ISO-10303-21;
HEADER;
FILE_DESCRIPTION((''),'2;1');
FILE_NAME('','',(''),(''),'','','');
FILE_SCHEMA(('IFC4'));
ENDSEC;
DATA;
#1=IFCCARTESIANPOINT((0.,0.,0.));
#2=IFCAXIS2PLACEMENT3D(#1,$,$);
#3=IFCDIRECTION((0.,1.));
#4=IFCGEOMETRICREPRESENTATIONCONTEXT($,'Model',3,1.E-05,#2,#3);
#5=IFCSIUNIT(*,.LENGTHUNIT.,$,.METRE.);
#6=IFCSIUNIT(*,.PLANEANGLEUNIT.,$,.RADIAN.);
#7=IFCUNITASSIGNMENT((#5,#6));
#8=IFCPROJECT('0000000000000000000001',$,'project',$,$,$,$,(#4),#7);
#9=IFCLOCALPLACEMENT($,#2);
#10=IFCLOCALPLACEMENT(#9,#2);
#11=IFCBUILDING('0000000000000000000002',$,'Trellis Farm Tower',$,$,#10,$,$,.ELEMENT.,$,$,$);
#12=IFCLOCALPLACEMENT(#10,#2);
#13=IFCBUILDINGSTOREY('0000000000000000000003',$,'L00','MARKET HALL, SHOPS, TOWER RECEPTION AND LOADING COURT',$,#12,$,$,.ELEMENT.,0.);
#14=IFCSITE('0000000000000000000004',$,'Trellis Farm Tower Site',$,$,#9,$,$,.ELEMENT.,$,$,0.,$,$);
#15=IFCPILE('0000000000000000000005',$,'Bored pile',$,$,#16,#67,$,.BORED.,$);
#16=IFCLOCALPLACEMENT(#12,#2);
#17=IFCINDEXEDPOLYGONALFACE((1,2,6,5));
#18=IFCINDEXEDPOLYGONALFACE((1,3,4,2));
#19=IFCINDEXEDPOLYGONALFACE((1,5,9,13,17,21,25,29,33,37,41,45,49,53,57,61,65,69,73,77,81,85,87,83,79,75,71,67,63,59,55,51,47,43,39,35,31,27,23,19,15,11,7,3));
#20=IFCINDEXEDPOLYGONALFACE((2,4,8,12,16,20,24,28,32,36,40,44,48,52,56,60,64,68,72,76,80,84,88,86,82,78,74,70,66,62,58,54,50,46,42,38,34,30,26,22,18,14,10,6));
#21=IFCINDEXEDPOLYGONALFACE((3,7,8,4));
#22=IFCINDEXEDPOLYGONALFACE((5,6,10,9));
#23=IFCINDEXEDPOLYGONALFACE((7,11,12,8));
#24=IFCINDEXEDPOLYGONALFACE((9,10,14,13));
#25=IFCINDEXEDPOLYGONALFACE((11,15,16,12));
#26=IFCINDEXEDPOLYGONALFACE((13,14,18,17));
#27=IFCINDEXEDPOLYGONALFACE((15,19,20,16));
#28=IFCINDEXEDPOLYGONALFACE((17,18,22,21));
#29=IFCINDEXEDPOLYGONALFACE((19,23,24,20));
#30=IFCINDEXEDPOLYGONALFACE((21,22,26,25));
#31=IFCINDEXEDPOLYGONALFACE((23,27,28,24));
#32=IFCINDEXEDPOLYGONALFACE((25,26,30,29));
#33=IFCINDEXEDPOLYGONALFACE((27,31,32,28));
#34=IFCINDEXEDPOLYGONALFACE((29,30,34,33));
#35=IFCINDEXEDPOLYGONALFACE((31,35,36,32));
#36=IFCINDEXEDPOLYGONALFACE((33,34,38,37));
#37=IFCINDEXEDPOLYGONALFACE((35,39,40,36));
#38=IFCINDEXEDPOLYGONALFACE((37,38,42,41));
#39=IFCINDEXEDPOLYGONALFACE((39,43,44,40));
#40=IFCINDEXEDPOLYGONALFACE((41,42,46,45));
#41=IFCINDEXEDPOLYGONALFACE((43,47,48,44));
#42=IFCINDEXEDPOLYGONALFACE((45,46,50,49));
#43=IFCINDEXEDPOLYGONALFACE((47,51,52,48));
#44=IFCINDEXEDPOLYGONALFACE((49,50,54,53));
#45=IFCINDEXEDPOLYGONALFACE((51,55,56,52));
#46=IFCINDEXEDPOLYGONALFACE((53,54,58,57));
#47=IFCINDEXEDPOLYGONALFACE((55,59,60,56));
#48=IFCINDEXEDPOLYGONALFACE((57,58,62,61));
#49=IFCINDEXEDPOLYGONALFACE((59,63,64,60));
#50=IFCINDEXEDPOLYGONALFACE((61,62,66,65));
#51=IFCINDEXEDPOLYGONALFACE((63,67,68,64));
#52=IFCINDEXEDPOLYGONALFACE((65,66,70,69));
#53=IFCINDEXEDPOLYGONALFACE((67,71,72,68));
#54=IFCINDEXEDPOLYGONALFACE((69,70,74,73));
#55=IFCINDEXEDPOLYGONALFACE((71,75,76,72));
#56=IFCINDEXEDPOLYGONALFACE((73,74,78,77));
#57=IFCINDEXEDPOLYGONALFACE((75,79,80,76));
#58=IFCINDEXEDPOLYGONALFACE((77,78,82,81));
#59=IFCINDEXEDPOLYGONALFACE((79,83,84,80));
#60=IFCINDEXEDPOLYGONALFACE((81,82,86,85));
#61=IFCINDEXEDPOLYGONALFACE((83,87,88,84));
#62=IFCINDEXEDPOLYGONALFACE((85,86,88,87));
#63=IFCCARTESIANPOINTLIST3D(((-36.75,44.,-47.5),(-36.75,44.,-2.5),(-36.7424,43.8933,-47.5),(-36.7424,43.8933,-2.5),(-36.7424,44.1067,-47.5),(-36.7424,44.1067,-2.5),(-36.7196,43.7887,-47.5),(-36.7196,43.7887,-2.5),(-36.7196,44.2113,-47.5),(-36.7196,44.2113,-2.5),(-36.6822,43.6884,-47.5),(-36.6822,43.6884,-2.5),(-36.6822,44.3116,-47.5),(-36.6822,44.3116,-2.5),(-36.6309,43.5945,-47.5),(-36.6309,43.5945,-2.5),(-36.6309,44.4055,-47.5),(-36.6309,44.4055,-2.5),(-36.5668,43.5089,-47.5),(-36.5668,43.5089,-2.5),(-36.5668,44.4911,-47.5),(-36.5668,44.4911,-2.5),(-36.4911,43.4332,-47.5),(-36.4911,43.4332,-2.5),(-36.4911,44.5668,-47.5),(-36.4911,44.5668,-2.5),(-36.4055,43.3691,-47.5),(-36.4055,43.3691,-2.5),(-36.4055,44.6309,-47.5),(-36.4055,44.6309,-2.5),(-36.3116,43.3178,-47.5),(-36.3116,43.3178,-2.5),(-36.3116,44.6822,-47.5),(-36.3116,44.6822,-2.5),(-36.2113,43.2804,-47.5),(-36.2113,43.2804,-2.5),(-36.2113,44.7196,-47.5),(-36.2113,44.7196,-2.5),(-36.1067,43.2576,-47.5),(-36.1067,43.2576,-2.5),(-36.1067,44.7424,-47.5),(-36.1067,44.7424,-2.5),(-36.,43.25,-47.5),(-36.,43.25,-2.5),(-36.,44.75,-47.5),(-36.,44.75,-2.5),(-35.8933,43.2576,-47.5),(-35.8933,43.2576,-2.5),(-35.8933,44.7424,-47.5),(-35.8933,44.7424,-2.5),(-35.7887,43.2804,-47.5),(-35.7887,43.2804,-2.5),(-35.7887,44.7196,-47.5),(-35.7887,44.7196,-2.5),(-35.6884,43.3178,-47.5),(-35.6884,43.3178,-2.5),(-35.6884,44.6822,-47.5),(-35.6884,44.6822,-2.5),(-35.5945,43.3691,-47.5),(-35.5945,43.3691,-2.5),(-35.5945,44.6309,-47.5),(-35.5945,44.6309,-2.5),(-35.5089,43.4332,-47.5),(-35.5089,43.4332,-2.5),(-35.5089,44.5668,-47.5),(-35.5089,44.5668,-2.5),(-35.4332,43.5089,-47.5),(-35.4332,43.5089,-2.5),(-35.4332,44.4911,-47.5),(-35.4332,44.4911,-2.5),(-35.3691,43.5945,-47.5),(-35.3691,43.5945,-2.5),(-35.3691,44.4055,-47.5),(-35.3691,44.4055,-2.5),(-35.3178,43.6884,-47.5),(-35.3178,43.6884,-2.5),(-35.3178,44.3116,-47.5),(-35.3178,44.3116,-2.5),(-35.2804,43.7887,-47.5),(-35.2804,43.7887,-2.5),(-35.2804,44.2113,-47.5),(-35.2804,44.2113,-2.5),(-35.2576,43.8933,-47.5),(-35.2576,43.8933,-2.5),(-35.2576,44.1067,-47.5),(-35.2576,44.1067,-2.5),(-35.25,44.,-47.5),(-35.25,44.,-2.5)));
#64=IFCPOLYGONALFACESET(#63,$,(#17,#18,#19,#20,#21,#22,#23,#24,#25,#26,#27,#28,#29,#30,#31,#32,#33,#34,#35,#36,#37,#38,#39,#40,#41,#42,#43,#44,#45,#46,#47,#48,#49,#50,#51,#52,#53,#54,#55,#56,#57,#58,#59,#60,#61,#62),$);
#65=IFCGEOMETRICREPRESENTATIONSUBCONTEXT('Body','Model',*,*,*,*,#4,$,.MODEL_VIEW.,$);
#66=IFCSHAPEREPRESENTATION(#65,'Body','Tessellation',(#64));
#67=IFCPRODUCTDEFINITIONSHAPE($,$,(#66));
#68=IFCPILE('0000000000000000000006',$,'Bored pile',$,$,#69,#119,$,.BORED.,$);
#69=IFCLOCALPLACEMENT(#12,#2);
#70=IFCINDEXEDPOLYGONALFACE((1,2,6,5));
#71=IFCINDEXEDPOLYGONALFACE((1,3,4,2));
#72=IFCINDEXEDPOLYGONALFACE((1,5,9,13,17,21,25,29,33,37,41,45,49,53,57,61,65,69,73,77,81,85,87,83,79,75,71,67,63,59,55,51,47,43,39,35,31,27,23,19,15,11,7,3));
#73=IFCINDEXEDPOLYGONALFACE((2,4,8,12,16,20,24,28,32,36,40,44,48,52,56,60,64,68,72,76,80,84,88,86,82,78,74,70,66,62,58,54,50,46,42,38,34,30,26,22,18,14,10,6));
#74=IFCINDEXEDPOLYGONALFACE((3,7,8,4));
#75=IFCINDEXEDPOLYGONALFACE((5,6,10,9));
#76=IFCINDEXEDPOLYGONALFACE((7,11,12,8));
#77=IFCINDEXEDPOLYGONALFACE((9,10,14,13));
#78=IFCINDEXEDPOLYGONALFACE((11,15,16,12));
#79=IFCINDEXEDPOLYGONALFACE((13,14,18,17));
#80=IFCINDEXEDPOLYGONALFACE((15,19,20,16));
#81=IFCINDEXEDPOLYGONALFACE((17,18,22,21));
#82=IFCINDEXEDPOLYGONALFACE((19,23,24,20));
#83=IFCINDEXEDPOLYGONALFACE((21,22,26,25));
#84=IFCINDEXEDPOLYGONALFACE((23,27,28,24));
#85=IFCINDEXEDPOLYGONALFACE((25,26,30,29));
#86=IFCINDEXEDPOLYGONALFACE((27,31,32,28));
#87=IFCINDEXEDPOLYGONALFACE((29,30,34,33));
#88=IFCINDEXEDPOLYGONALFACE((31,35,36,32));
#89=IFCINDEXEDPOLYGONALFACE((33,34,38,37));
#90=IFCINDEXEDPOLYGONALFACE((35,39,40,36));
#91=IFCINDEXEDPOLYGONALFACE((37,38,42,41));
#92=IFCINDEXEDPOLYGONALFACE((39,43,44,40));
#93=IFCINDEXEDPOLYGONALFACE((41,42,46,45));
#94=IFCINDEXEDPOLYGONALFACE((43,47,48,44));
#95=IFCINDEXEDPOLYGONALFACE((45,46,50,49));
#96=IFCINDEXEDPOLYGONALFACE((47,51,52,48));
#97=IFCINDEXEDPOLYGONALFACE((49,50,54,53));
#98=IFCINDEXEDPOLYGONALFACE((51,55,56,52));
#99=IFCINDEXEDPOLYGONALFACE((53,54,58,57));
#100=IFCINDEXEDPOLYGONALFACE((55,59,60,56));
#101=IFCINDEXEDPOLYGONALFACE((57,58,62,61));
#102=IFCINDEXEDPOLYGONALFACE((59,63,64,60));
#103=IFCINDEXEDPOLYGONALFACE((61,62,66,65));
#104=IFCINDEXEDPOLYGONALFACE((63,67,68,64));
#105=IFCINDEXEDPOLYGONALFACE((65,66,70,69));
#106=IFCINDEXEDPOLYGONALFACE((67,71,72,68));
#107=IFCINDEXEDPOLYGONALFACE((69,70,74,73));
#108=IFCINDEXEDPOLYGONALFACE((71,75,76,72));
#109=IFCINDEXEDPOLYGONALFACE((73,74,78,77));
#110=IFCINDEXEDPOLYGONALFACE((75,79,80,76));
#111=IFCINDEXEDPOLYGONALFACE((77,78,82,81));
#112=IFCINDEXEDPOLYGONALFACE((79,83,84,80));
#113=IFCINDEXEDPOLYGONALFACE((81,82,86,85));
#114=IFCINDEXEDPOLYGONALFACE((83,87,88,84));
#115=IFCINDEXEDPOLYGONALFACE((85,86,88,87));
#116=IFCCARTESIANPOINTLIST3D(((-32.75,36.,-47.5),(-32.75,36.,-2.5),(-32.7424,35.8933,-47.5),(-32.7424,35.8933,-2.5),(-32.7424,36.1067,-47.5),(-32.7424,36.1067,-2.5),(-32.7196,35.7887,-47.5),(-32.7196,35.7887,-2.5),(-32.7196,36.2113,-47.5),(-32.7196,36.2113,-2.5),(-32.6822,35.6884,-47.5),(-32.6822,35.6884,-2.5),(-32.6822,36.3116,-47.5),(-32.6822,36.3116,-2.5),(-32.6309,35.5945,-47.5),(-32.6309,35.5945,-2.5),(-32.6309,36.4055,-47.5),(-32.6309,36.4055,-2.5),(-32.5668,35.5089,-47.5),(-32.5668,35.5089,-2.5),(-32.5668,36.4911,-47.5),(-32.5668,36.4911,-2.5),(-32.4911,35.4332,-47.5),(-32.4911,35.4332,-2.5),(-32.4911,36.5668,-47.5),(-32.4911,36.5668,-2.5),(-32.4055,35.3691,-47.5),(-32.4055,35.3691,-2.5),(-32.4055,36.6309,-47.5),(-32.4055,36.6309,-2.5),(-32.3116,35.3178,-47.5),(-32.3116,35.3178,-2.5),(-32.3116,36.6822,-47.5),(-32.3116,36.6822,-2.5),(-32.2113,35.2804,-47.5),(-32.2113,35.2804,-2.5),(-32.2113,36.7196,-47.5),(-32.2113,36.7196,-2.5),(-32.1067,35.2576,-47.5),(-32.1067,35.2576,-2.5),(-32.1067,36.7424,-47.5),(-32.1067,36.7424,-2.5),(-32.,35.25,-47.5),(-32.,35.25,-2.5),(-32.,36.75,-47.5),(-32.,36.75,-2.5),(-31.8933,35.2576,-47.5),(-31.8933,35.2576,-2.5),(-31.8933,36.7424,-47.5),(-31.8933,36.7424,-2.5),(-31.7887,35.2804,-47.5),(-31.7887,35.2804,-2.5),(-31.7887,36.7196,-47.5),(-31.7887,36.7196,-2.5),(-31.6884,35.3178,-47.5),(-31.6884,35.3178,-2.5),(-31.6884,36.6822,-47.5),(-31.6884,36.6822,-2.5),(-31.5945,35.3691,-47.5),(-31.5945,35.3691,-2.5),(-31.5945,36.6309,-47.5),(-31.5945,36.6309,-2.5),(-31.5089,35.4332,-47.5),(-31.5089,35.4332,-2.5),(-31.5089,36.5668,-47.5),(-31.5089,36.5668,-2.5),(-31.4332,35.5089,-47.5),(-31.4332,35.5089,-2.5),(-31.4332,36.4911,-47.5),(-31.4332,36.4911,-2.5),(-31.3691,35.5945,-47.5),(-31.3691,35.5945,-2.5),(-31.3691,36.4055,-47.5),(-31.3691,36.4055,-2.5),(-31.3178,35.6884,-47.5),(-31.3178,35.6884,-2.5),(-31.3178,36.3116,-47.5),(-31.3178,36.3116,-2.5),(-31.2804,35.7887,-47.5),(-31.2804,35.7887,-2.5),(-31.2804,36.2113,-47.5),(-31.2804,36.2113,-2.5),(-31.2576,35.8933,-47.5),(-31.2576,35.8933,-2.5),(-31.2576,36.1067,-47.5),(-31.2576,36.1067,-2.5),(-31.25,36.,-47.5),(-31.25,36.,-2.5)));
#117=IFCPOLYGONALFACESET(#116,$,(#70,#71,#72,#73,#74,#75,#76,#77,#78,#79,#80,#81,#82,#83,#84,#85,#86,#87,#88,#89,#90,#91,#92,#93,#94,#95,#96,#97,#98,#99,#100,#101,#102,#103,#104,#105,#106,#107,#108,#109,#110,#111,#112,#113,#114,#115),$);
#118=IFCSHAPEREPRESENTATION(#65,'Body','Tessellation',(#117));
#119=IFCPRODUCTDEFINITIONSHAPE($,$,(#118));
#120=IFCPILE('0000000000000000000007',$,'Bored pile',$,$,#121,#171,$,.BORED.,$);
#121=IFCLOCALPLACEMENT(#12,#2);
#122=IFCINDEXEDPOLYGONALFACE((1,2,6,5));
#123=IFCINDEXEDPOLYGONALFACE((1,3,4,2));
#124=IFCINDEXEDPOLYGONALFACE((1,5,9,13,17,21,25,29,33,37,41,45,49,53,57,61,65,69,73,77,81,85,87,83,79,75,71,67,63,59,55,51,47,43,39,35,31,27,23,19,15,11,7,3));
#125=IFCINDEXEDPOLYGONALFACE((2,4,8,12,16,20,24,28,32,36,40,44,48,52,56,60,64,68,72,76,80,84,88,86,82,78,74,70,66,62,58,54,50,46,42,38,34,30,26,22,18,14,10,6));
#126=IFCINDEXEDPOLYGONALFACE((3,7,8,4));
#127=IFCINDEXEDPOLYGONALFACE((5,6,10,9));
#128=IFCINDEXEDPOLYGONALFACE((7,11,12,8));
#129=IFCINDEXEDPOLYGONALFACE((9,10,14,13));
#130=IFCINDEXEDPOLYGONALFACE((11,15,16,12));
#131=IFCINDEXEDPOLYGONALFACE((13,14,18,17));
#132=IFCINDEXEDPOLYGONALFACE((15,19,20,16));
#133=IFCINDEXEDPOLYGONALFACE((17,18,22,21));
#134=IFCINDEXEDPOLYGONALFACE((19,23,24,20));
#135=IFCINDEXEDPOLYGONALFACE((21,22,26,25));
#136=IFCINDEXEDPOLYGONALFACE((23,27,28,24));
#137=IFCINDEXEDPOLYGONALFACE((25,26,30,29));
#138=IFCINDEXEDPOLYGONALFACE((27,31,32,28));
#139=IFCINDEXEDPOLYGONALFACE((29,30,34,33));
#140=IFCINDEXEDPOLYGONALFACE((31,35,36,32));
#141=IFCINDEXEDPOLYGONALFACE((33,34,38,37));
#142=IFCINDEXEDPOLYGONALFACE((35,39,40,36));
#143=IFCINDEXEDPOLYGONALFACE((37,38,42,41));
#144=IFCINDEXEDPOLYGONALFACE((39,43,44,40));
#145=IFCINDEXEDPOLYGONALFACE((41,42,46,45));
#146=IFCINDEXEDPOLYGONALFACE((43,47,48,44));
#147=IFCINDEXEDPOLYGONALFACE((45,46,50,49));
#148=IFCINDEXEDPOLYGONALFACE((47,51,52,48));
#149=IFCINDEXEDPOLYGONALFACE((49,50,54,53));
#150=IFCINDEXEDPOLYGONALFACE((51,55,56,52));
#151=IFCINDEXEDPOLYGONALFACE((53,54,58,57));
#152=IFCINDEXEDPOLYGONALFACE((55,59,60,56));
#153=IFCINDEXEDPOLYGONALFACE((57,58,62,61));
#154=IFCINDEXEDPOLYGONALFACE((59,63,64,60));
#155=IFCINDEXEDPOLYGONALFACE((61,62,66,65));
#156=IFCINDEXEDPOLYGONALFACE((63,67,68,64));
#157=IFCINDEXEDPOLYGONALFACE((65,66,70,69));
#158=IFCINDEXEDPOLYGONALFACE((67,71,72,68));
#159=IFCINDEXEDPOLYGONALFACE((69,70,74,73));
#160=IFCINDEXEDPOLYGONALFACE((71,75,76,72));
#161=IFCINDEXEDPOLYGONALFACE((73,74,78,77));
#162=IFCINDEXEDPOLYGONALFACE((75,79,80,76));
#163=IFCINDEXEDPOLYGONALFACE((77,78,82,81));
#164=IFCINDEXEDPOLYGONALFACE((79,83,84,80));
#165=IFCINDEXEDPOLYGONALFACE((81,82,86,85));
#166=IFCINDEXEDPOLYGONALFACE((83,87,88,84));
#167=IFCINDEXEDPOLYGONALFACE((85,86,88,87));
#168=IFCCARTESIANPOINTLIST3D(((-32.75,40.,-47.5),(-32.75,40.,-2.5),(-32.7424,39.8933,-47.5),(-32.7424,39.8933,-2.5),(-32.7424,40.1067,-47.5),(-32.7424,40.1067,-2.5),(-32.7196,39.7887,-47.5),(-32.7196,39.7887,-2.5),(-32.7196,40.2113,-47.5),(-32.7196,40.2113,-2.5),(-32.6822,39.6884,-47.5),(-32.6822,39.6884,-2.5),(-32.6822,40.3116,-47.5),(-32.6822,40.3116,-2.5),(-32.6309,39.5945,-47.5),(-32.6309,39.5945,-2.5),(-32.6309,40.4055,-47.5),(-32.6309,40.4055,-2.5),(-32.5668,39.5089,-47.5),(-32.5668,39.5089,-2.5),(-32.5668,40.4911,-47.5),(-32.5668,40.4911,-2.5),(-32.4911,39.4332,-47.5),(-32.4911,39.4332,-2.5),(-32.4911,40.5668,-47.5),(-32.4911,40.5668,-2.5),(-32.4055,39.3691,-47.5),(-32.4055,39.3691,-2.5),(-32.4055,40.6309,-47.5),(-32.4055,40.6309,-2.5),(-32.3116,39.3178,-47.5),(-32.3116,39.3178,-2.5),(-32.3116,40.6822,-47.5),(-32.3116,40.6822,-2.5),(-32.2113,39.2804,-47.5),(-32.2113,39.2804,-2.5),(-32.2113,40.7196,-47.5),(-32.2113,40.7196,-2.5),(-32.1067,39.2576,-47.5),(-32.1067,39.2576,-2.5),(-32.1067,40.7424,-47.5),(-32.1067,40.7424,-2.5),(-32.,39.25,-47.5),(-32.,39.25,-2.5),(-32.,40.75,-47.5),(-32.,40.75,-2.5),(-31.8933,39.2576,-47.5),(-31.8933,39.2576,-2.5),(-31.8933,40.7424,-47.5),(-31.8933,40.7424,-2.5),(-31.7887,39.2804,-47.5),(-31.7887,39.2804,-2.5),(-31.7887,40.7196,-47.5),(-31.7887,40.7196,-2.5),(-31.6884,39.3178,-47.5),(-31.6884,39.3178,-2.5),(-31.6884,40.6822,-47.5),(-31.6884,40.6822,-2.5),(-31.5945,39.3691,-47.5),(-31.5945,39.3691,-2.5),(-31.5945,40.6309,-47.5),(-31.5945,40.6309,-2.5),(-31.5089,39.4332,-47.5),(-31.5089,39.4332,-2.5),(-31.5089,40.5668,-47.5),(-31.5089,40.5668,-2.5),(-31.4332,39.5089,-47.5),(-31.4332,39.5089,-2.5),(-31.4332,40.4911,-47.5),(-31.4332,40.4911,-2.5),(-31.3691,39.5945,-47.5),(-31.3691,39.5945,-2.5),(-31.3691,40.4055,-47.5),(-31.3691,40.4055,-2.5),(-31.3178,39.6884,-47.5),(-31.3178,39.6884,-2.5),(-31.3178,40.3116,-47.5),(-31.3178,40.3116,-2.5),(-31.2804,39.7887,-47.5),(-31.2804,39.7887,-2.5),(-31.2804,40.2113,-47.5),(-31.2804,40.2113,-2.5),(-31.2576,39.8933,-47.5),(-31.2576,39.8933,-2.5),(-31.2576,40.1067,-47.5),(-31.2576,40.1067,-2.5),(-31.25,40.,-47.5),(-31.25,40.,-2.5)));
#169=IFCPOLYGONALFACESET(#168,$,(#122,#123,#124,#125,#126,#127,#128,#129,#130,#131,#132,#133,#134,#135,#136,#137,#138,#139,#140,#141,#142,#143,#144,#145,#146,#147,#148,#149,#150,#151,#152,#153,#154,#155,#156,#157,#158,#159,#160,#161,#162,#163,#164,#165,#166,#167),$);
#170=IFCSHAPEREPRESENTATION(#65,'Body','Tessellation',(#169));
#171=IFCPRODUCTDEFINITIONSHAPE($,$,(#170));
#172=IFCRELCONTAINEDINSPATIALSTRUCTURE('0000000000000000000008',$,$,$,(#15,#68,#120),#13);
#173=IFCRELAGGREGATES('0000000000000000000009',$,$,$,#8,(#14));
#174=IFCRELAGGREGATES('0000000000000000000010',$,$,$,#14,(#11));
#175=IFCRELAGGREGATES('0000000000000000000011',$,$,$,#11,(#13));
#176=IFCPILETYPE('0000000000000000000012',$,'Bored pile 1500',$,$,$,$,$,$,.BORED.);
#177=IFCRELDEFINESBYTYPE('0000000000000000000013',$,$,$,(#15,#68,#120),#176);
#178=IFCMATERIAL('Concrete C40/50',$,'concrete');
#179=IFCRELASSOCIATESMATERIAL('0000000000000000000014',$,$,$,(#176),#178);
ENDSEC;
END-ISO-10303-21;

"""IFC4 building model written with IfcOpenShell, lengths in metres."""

from ifc_helpers import new_model, si_unit, direction, frame, origin, origin_2d, place, context, subcontext, project, spatial, circle, extrude, source, transform, mapped, material, material_profile, profile_set, type_object, element, save


model = new_model("IFC4")

# Units and contexts
model_context = context("Model", 3, precision=1e-05, world=origin(), true_north=direction((0.0, 1.0)))
body_context = subcontext(model_context, "Body", "Model", "MODEL_VIEW")
ifc_project = project(units=[si_unit("LENGTHUNIT", "METRE"), si_unit("PLANEANGLEUNIT", "RADIAN")], contexts=[model_context])

# Site, building, storey
site_placement = place(None, origin())
site = spatial("IfcSite", under=ifc_project, at=site_placement, Name="Trellis Farm Tower Site", CompositionType="ELEMENT", RefElevation=0.0)
building_placement = place(site_placement, origin())
building = spatial("IfcBuilding", under=site, at=building_placement, Name="Trellis Farm Tower", CompositionType="ELEMENT")
storey_placement = place(building_placement, origin())
storey = spatial("IfcBuildingStorey", under=building, at=storey_placement, Name="L00", Description="MARKET HALL, SHOPS, TOWER RECEPTION AND LOADING COURT", CompositionType="ELEMENT", Elevation=0.0)

# Piles
ifc_material_1 = material(Name="Concrete C40/50", Category="concrete")
ifc_material_profile_1 = material_profile(ifc_material_1, circle(Radius=0.75, at=origin_2d()), Name="Bored pile 1500")
ifc_profile_set_1 = profile_set([ifc_material_profile_1], Name="Concrete C40/50")
pile_type = type_object("IfcPileType", Name="Bored pile 1500", PredefinedType="BORED", material=ifc_profile_set_1)
shared_shape_1 = source(origin(), body_context, "Body", "SweptSolid", [
    extrude(circle(Radius=0.75, at=origin_2d()), origin(), (0.0, 0.0, 1.0), 45.0),
])
for number, where, z_axis, x_axis, name in (
    (1, (-36.0, 44.0, -2.5), (0.0, 0.0, -1.0), (1.0, 0.0, 0.0), "Bored pile"),
    (2, (-32.0, 36.0, -2.5), (0.0, 0.0, -1.0), (1.0, 0.0, 0.0), "Bored pile"),
    (3, (-32.0, 40.0, -2.5), (0.0, 0.0, -1.0), (1.0, 0.0, 0.0), "Bored pile"),
):
    element("IfcPile", number, at=place(storey_placement, frame(where, z_axis=z_axis, x_axis=x_axis)), inside=storey, type_object=pile_type, Name=name, PredefinedType="BORED", context=body_context, shape_type="MappedRepresentation", body=[
        mapped(shared_shape_1, transform((0.0, 0.0, 0.0))),
    ])

save(model, "model.ifc")
